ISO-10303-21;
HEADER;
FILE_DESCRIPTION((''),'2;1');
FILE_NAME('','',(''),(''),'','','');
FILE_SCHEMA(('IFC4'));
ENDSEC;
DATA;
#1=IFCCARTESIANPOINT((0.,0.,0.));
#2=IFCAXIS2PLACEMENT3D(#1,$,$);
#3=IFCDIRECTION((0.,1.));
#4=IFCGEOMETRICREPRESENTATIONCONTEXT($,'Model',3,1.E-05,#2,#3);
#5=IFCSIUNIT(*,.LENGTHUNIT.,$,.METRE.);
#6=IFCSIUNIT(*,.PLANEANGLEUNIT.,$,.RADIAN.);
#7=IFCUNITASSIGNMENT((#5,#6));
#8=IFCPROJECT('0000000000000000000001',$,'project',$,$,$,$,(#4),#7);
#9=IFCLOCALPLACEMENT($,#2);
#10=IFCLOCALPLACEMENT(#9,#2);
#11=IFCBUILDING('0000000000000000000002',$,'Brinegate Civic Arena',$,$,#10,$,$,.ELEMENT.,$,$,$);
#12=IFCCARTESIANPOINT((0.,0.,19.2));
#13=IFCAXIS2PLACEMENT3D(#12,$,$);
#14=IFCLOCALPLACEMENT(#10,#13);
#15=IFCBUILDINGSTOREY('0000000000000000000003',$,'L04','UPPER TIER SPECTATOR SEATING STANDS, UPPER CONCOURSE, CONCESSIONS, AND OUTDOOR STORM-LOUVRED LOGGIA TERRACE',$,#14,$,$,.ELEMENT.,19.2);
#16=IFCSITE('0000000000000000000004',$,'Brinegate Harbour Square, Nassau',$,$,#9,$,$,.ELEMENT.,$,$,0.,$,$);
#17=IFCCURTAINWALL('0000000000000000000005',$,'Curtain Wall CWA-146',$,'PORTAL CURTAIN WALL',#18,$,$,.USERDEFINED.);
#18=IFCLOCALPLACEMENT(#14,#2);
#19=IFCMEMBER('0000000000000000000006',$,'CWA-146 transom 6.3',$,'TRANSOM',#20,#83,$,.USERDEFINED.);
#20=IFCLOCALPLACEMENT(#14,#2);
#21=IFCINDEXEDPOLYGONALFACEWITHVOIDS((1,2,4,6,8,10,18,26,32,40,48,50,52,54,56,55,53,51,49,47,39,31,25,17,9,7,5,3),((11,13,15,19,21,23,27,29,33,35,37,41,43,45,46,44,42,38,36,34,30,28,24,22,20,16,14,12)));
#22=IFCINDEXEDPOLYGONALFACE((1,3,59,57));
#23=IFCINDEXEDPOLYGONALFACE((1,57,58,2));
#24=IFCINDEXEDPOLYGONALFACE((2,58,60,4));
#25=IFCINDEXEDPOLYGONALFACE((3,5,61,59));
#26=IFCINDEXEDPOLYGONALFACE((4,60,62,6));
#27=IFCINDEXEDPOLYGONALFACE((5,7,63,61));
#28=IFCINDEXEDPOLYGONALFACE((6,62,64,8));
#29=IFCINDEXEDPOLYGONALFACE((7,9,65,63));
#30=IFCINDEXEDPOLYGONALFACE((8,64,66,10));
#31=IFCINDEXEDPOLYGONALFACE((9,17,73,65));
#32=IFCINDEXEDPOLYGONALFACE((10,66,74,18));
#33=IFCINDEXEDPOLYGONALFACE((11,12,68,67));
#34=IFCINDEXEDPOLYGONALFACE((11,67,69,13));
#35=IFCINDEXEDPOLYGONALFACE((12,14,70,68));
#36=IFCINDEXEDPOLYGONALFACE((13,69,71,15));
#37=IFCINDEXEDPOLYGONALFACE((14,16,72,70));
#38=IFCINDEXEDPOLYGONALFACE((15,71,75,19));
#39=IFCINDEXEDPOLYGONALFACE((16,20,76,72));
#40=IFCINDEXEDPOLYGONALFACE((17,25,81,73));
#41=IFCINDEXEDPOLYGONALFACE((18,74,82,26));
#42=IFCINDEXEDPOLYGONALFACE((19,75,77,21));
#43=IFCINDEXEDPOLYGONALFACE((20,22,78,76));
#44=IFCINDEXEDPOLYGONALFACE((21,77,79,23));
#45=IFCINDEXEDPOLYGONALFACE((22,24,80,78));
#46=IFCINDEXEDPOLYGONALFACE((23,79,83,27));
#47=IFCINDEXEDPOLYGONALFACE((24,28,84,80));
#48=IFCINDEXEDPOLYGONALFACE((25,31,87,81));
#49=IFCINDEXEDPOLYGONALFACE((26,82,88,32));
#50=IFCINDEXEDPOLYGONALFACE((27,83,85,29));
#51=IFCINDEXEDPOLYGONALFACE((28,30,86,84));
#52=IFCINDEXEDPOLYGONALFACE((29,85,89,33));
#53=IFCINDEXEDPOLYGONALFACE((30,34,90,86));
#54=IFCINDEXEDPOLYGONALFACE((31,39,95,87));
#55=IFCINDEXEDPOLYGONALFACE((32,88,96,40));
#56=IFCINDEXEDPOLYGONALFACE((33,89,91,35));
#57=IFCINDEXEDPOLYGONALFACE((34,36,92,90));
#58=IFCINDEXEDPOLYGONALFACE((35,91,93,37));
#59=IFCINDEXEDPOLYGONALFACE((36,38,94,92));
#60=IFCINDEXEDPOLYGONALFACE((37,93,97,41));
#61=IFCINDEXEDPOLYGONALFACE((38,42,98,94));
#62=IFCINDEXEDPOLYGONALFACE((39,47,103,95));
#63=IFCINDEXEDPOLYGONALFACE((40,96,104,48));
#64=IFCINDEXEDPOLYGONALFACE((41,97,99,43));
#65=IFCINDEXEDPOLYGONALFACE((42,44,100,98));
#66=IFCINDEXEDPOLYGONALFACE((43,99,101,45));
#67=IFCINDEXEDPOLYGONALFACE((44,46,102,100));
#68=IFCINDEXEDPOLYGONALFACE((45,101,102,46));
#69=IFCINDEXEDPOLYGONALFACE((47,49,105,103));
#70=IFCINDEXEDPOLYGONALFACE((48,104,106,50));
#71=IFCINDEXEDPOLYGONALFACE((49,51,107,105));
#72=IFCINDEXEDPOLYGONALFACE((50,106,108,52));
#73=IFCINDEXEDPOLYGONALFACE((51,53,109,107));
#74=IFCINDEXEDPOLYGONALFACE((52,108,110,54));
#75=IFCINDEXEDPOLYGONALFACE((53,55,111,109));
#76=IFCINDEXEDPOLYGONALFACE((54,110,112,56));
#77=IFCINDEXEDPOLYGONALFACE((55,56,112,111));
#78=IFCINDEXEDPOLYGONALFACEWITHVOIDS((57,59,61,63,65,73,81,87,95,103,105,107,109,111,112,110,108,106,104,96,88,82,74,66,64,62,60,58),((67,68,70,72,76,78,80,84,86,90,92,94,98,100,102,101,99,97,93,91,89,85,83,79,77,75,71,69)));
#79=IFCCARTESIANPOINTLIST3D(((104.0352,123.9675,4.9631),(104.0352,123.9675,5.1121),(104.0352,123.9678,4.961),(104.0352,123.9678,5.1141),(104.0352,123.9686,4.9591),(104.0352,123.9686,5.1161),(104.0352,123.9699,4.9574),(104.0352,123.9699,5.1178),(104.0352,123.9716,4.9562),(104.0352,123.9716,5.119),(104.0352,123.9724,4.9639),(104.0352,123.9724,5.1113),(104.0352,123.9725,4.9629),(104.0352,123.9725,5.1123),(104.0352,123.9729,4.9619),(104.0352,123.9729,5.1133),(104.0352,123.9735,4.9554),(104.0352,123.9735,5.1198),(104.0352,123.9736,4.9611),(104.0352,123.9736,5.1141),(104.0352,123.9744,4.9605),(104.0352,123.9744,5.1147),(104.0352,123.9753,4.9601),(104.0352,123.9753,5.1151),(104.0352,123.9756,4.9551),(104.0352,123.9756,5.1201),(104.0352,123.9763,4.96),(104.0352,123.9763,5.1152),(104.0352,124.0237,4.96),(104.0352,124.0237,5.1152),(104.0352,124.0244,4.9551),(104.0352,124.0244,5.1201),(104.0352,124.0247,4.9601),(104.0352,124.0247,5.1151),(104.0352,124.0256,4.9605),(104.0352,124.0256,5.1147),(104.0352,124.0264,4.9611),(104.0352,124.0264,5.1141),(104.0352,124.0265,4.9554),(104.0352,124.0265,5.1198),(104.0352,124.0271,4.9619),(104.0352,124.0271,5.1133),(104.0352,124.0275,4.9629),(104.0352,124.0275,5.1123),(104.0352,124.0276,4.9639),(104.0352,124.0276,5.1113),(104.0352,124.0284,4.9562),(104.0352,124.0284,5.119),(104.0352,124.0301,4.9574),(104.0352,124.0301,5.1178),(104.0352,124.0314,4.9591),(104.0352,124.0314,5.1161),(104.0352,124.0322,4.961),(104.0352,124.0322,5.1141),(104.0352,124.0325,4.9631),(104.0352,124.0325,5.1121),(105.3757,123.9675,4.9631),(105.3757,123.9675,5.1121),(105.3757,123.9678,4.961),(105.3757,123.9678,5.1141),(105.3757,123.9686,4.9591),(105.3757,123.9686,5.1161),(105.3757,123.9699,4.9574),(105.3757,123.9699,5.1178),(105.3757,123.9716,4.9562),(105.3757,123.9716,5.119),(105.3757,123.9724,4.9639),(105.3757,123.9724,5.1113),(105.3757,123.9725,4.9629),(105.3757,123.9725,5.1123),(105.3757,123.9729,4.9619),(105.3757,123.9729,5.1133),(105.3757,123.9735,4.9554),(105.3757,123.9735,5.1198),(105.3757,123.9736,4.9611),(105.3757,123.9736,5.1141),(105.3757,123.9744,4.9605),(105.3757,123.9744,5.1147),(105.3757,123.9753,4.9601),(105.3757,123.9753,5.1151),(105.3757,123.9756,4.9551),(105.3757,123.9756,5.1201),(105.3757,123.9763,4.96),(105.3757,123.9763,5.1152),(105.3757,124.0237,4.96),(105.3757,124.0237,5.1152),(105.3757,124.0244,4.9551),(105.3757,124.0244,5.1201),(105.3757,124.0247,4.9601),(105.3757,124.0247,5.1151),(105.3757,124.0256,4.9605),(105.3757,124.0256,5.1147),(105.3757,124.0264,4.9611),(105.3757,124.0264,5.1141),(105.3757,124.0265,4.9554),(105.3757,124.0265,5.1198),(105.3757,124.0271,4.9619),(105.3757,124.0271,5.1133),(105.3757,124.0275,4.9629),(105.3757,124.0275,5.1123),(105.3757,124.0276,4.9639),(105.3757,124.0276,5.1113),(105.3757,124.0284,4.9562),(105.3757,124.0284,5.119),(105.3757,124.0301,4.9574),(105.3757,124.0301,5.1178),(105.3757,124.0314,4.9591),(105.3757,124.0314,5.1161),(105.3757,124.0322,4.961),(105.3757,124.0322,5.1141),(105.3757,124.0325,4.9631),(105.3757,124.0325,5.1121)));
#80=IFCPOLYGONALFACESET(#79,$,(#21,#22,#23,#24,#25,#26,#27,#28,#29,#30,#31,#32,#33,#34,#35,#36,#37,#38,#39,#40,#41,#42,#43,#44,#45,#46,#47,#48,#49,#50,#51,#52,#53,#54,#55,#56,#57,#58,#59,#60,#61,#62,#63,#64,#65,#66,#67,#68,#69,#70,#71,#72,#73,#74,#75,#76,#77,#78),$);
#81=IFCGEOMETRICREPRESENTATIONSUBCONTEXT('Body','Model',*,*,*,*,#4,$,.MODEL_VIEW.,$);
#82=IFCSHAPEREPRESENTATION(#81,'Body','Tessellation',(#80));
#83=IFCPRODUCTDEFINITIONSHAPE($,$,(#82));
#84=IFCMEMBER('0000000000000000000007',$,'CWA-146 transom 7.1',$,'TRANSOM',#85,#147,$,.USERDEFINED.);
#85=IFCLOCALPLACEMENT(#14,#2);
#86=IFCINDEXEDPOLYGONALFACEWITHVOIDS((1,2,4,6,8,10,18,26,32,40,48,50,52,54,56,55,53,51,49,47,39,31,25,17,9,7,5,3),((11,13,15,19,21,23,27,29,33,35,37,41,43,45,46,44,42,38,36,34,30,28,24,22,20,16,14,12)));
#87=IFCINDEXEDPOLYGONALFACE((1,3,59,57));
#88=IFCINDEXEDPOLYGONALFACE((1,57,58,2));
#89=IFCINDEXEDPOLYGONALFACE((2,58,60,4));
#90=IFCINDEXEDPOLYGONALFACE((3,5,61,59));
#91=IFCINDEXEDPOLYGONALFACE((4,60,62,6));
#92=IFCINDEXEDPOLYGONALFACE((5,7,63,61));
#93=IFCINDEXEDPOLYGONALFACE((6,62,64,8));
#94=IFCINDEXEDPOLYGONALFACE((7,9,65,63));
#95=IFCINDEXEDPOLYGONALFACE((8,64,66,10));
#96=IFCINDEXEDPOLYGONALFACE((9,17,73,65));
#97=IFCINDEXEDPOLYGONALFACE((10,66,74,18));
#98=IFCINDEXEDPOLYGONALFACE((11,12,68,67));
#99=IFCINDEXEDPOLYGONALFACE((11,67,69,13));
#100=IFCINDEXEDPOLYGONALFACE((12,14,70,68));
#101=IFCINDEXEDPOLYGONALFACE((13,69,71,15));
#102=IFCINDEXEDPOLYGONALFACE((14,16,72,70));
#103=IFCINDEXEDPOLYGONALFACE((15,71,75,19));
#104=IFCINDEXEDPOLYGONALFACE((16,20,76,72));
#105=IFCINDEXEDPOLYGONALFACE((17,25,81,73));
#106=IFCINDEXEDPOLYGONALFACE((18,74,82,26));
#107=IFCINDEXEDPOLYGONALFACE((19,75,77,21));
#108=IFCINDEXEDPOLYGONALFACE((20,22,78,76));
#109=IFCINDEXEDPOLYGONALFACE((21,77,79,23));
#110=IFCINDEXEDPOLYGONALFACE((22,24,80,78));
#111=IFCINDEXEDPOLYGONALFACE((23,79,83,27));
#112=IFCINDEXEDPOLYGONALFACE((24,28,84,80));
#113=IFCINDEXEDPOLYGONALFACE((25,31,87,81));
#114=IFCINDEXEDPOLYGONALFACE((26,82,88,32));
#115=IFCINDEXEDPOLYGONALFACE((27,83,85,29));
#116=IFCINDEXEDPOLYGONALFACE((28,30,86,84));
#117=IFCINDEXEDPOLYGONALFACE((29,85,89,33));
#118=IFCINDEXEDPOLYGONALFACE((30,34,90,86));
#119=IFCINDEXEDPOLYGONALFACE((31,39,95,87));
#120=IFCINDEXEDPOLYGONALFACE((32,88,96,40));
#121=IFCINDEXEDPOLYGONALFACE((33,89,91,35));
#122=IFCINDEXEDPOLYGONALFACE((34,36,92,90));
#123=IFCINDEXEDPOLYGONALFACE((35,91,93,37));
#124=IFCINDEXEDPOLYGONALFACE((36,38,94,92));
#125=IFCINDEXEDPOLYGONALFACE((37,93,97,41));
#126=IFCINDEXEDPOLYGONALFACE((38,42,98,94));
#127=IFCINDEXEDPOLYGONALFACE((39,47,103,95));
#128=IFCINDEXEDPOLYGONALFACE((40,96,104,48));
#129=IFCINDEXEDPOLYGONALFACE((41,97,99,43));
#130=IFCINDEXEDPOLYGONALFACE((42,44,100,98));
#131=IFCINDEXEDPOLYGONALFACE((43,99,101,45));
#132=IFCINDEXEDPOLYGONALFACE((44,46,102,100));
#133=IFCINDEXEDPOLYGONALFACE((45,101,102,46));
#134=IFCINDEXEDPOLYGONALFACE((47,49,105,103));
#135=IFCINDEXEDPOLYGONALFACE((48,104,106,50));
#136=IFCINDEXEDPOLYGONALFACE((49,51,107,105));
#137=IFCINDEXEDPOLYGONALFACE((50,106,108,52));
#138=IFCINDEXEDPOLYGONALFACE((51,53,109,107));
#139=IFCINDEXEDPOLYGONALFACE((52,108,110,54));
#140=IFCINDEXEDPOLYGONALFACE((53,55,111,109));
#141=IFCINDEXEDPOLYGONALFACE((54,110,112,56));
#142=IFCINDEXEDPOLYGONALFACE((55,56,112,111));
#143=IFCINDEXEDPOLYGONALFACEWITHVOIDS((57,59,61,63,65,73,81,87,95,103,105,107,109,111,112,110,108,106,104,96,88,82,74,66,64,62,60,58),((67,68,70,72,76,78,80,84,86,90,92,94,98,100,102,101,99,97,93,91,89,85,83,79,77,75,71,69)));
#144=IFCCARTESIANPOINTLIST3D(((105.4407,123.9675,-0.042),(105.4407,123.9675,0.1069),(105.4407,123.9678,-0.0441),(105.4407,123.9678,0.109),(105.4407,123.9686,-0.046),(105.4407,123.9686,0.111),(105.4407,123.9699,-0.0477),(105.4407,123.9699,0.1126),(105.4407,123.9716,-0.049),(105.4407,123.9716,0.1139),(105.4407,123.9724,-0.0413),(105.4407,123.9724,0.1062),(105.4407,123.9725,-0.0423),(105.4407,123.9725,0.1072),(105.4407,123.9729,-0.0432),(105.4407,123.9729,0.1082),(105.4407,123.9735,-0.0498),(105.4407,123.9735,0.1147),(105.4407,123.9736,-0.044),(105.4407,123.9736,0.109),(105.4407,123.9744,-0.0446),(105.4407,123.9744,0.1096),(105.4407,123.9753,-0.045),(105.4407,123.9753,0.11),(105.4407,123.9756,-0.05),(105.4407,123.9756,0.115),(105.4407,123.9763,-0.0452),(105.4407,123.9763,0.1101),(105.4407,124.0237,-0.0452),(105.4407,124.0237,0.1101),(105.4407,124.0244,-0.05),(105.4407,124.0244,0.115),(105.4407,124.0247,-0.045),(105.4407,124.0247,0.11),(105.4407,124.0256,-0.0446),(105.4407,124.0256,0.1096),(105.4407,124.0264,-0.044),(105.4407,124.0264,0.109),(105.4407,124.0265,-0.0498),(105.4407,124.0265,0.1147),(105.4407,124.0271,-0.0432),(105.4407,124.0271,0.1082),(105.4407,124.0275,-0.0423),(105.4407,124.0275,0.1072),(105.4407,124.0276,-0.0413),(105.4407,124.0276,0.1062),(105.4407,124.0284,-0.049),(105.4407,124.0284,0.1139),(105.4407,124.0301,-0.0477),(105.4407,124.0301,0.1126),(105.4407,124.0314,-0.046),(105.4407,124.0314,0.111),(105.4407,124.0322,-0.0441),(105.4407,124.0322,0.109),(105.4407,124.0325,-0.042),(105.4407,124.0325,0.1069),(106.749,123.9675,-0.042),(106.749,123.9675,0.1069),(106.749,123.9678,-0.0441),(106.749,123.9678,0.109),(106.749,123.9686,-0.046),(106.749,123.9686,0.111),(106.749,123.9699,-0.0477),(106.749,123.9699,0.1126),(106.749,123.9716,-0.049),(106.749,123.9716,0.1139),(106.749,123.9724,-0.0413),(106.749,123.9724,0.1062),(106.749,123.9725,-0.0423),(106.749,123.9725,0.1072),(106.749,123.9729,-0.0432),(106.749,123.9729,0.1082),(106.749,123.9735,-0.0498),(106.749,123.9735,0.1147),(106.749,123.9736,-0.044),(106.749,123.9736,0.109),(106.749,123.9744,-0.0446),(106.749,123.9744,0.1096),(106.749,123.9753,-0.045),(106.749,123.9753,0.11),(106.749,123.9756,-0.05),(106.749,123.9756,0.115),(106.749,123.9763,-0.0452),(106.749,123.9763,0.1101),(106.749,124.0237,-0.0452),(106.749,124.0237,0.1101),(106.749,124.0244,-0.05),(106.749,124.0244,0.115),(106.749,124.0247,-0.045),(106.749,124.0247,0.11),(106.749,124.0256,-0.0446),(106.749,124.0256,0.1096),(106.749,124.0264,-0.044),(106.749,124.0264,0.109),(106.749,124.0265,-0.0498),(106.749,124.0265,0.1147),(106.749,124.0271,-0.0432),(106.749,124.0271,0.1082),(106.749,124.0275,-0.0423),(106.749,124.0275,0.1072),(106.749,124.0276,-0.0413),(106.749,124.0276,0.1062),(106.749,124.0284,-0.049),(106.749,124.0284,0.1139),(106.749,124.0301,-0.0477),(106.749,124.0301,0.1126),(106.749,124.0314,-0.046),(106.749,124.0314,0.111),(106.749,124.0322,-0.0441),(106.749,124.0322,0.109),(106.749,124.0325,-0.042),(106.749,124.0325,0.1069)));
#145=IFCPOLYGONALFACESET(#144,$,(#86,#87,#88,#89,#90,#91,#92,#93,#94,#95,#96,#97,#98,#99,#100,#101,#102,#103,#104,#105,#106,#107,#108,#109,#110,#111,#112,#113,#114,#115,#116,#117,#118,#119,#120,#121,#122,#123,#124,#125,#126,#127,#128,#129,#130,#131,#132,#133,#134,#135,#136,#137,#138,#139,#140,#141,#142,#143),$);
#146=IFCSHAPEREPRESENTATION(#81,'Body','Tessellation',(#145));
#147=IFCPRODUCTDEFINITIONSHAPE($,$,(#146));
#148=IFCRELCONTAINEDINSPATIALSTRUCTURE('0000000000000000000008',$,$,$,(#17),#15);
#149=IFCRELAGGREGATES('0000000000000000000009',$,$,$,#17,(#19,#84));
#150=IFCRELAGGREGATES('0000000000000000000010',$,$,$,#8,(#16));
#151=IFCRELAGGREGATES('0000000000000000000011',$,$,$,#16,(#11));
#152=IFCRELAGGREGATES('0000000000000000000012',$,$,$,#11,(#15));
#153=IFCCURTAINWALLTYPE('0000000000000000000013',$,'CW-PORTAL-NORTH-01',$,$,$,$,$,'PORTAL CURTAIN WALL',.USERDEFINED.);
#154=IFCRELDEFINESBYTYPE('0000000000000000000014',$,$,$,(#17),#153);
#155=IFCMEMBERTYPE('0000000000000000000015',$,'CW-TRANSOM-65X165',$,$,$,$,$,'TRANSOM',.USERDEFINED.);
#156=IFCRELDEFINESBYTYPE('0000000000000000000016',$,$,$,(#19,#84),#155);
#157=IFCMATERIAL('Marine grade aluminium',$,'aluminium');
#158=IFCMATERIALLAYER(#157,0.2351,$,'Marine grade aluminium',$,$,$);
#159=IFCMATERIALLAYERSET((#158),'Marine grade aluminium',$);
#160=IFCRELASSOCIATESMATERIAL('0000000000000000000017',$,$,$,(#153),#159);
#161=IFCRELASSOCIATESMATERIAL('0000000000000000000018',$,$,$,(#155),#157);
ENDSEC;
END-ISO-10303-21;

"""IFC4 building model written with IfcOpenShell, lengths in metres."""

from ifc_helpers import new_model, si_unit, direction, frame, origin, origin_2d, place, context, subcontext, project, spatial, hollow_rectangle, extrude, material, layer, layer_set, material_profile, profile_set, type_object, element, aggregate, save


model = new_model("IFC4")

# Units and contexts
model_context = context("Model", 3, precision=1e-05, world=origin(), true_north=direction((0.0, 1.0)))
body_context = subcontext(model_context, "Body", "Model", "MODEL_VIEW")
ifc_project = project(units=[si_unit("LENGTHUNIT", "METRE"), si_unit("PLANEANGLEUNIT", "RADIAN")], contexts=[model_context])

# Site, building, storey
site_placement = place(None, origin())
site = spatial("IfcSite", under=ifc_project, at=site_placement, Name="Brinegate Harbour Square, Nassau", CompositionType="ELEMENT", RefElevation=0.0)
building_placement = place(site_placement, origin())
building = spatial("IfcBuilding", under=site, at=building_placement, Name="Brinegate Civic Arena", CompositionType="ELEMENT")
storey_placement = place(building_placement, frame((0.0, 0.0, 19.2)))
storey = spatial("IfcBuildingStorey", under=building, at=storey_placement, Name="L04", Description="UPPER TIER SPECTATOR SEATING STANDS, UPPER CONCOURSE, CONCESSIONS, AND OUTDOOR STORM-LOUVRED LOGGIA TERRACE", CompositionType="ELEMENT", Elevation=19.2)

# Curtain wall, members
ifc_material_1 = material(Name="Marine grade aluminium", Category="aluminium")
ifc_layer_1 = layer(ifc_material_1, 0.2351, Name="Marine grade aluminium")
ifc_layer_set_1 = layer_set([ifc_layer_1], Name="Marine grade aluminium")
curtain_wall_type = type_object("IfcCurtainWallType", Name="CW-PORTAL-NORTH-01", ElementType="PORTAL CURTAIN WALL", PredefinedType="USERDEFINED", material=ifc_layer_set_1)
curtain_wall_placement = place(storey_placement, origin())
curtain_wall = element("IfcCurtainWall", 1, at=curtain_wall_placement, inside=storey, type_object=curtain_wall_type, Name="Curtain Wall CWA-146", ObjectType="PORTAL CURTAIN WALL", PredefinedType="USERDEFINED")
ifc_material_profile_1 = material_profile(ifc_material_1, hollow_rectangle(XDim=0.0649, YDim=0.165, WallThickness=0.0049, InnerFilletRadius=0.0039, OuterFilletRadius=0.0081, at=origin_2d()), Name="TRN65X165")
ifc_profile_set_1 = profile_set([ifc_material_profile_1], Name="Marine grade aluminium")
member_type_1 = type_object("IfcMemberType", Name="CW-TRANSOM-65X165", ElementType="TRANSOM", PredefinedType="USERDEFINED", material=ifc_profile_set_1)
member_1_placement = place(storey_placement, frame((104.0352, 124.0, 5.0376), z_axis=(1.0, 0.0, 0.0), x_axis=(0.0, 1.0, 0.0)))
member_1 = element("IfcMember", 2, at=member_1_placement, type_object=member_type_1, Name="CWA-146 transom 6.3", ObjectType="TRANSOM", PredefinedType="USERDEFINED", context=body_context, shape_type="SweptSolid", body=[
    extrude(hollow_rectangle(XDim=0.0649, YDim=0.165, WallThickness=0.0049, InnerFilletRadius=0.0039, OuterFilletRadius=0.0081, at=origin_2d()), origin(), (0.0, 0.0, 1.0), 1.3406),
])
member_2_placement = place(storey_placement, frame((105.4407, 124.0, 0.0325), z_axis=(1.0, 0.0, 0.0), x_axis=(0.0, 1.0, 0.0)))
member_2 = element("IfcMember", 3, at=member_2_placement, type_object=member_type_1, Name="CWA-146 transom 7.1", ObjectType="TRANSOM", PredefinedType="USERDEFINED", context=body_context, shape_type="SweptSolid", body=[
    extrude(hollow_rectangle(XDim=0.0649, YDim=0.165, WallThickness=0.0049, InnerFilletRadius=0.0039, OuterFilletRadius=0.0081, at=origin_2d()), origin(), (0.0, 0.0, 1.0), 1.3083),
])

aggregate(curtain_wall, [member_1, member_2])

save(model, "model.ifc")
